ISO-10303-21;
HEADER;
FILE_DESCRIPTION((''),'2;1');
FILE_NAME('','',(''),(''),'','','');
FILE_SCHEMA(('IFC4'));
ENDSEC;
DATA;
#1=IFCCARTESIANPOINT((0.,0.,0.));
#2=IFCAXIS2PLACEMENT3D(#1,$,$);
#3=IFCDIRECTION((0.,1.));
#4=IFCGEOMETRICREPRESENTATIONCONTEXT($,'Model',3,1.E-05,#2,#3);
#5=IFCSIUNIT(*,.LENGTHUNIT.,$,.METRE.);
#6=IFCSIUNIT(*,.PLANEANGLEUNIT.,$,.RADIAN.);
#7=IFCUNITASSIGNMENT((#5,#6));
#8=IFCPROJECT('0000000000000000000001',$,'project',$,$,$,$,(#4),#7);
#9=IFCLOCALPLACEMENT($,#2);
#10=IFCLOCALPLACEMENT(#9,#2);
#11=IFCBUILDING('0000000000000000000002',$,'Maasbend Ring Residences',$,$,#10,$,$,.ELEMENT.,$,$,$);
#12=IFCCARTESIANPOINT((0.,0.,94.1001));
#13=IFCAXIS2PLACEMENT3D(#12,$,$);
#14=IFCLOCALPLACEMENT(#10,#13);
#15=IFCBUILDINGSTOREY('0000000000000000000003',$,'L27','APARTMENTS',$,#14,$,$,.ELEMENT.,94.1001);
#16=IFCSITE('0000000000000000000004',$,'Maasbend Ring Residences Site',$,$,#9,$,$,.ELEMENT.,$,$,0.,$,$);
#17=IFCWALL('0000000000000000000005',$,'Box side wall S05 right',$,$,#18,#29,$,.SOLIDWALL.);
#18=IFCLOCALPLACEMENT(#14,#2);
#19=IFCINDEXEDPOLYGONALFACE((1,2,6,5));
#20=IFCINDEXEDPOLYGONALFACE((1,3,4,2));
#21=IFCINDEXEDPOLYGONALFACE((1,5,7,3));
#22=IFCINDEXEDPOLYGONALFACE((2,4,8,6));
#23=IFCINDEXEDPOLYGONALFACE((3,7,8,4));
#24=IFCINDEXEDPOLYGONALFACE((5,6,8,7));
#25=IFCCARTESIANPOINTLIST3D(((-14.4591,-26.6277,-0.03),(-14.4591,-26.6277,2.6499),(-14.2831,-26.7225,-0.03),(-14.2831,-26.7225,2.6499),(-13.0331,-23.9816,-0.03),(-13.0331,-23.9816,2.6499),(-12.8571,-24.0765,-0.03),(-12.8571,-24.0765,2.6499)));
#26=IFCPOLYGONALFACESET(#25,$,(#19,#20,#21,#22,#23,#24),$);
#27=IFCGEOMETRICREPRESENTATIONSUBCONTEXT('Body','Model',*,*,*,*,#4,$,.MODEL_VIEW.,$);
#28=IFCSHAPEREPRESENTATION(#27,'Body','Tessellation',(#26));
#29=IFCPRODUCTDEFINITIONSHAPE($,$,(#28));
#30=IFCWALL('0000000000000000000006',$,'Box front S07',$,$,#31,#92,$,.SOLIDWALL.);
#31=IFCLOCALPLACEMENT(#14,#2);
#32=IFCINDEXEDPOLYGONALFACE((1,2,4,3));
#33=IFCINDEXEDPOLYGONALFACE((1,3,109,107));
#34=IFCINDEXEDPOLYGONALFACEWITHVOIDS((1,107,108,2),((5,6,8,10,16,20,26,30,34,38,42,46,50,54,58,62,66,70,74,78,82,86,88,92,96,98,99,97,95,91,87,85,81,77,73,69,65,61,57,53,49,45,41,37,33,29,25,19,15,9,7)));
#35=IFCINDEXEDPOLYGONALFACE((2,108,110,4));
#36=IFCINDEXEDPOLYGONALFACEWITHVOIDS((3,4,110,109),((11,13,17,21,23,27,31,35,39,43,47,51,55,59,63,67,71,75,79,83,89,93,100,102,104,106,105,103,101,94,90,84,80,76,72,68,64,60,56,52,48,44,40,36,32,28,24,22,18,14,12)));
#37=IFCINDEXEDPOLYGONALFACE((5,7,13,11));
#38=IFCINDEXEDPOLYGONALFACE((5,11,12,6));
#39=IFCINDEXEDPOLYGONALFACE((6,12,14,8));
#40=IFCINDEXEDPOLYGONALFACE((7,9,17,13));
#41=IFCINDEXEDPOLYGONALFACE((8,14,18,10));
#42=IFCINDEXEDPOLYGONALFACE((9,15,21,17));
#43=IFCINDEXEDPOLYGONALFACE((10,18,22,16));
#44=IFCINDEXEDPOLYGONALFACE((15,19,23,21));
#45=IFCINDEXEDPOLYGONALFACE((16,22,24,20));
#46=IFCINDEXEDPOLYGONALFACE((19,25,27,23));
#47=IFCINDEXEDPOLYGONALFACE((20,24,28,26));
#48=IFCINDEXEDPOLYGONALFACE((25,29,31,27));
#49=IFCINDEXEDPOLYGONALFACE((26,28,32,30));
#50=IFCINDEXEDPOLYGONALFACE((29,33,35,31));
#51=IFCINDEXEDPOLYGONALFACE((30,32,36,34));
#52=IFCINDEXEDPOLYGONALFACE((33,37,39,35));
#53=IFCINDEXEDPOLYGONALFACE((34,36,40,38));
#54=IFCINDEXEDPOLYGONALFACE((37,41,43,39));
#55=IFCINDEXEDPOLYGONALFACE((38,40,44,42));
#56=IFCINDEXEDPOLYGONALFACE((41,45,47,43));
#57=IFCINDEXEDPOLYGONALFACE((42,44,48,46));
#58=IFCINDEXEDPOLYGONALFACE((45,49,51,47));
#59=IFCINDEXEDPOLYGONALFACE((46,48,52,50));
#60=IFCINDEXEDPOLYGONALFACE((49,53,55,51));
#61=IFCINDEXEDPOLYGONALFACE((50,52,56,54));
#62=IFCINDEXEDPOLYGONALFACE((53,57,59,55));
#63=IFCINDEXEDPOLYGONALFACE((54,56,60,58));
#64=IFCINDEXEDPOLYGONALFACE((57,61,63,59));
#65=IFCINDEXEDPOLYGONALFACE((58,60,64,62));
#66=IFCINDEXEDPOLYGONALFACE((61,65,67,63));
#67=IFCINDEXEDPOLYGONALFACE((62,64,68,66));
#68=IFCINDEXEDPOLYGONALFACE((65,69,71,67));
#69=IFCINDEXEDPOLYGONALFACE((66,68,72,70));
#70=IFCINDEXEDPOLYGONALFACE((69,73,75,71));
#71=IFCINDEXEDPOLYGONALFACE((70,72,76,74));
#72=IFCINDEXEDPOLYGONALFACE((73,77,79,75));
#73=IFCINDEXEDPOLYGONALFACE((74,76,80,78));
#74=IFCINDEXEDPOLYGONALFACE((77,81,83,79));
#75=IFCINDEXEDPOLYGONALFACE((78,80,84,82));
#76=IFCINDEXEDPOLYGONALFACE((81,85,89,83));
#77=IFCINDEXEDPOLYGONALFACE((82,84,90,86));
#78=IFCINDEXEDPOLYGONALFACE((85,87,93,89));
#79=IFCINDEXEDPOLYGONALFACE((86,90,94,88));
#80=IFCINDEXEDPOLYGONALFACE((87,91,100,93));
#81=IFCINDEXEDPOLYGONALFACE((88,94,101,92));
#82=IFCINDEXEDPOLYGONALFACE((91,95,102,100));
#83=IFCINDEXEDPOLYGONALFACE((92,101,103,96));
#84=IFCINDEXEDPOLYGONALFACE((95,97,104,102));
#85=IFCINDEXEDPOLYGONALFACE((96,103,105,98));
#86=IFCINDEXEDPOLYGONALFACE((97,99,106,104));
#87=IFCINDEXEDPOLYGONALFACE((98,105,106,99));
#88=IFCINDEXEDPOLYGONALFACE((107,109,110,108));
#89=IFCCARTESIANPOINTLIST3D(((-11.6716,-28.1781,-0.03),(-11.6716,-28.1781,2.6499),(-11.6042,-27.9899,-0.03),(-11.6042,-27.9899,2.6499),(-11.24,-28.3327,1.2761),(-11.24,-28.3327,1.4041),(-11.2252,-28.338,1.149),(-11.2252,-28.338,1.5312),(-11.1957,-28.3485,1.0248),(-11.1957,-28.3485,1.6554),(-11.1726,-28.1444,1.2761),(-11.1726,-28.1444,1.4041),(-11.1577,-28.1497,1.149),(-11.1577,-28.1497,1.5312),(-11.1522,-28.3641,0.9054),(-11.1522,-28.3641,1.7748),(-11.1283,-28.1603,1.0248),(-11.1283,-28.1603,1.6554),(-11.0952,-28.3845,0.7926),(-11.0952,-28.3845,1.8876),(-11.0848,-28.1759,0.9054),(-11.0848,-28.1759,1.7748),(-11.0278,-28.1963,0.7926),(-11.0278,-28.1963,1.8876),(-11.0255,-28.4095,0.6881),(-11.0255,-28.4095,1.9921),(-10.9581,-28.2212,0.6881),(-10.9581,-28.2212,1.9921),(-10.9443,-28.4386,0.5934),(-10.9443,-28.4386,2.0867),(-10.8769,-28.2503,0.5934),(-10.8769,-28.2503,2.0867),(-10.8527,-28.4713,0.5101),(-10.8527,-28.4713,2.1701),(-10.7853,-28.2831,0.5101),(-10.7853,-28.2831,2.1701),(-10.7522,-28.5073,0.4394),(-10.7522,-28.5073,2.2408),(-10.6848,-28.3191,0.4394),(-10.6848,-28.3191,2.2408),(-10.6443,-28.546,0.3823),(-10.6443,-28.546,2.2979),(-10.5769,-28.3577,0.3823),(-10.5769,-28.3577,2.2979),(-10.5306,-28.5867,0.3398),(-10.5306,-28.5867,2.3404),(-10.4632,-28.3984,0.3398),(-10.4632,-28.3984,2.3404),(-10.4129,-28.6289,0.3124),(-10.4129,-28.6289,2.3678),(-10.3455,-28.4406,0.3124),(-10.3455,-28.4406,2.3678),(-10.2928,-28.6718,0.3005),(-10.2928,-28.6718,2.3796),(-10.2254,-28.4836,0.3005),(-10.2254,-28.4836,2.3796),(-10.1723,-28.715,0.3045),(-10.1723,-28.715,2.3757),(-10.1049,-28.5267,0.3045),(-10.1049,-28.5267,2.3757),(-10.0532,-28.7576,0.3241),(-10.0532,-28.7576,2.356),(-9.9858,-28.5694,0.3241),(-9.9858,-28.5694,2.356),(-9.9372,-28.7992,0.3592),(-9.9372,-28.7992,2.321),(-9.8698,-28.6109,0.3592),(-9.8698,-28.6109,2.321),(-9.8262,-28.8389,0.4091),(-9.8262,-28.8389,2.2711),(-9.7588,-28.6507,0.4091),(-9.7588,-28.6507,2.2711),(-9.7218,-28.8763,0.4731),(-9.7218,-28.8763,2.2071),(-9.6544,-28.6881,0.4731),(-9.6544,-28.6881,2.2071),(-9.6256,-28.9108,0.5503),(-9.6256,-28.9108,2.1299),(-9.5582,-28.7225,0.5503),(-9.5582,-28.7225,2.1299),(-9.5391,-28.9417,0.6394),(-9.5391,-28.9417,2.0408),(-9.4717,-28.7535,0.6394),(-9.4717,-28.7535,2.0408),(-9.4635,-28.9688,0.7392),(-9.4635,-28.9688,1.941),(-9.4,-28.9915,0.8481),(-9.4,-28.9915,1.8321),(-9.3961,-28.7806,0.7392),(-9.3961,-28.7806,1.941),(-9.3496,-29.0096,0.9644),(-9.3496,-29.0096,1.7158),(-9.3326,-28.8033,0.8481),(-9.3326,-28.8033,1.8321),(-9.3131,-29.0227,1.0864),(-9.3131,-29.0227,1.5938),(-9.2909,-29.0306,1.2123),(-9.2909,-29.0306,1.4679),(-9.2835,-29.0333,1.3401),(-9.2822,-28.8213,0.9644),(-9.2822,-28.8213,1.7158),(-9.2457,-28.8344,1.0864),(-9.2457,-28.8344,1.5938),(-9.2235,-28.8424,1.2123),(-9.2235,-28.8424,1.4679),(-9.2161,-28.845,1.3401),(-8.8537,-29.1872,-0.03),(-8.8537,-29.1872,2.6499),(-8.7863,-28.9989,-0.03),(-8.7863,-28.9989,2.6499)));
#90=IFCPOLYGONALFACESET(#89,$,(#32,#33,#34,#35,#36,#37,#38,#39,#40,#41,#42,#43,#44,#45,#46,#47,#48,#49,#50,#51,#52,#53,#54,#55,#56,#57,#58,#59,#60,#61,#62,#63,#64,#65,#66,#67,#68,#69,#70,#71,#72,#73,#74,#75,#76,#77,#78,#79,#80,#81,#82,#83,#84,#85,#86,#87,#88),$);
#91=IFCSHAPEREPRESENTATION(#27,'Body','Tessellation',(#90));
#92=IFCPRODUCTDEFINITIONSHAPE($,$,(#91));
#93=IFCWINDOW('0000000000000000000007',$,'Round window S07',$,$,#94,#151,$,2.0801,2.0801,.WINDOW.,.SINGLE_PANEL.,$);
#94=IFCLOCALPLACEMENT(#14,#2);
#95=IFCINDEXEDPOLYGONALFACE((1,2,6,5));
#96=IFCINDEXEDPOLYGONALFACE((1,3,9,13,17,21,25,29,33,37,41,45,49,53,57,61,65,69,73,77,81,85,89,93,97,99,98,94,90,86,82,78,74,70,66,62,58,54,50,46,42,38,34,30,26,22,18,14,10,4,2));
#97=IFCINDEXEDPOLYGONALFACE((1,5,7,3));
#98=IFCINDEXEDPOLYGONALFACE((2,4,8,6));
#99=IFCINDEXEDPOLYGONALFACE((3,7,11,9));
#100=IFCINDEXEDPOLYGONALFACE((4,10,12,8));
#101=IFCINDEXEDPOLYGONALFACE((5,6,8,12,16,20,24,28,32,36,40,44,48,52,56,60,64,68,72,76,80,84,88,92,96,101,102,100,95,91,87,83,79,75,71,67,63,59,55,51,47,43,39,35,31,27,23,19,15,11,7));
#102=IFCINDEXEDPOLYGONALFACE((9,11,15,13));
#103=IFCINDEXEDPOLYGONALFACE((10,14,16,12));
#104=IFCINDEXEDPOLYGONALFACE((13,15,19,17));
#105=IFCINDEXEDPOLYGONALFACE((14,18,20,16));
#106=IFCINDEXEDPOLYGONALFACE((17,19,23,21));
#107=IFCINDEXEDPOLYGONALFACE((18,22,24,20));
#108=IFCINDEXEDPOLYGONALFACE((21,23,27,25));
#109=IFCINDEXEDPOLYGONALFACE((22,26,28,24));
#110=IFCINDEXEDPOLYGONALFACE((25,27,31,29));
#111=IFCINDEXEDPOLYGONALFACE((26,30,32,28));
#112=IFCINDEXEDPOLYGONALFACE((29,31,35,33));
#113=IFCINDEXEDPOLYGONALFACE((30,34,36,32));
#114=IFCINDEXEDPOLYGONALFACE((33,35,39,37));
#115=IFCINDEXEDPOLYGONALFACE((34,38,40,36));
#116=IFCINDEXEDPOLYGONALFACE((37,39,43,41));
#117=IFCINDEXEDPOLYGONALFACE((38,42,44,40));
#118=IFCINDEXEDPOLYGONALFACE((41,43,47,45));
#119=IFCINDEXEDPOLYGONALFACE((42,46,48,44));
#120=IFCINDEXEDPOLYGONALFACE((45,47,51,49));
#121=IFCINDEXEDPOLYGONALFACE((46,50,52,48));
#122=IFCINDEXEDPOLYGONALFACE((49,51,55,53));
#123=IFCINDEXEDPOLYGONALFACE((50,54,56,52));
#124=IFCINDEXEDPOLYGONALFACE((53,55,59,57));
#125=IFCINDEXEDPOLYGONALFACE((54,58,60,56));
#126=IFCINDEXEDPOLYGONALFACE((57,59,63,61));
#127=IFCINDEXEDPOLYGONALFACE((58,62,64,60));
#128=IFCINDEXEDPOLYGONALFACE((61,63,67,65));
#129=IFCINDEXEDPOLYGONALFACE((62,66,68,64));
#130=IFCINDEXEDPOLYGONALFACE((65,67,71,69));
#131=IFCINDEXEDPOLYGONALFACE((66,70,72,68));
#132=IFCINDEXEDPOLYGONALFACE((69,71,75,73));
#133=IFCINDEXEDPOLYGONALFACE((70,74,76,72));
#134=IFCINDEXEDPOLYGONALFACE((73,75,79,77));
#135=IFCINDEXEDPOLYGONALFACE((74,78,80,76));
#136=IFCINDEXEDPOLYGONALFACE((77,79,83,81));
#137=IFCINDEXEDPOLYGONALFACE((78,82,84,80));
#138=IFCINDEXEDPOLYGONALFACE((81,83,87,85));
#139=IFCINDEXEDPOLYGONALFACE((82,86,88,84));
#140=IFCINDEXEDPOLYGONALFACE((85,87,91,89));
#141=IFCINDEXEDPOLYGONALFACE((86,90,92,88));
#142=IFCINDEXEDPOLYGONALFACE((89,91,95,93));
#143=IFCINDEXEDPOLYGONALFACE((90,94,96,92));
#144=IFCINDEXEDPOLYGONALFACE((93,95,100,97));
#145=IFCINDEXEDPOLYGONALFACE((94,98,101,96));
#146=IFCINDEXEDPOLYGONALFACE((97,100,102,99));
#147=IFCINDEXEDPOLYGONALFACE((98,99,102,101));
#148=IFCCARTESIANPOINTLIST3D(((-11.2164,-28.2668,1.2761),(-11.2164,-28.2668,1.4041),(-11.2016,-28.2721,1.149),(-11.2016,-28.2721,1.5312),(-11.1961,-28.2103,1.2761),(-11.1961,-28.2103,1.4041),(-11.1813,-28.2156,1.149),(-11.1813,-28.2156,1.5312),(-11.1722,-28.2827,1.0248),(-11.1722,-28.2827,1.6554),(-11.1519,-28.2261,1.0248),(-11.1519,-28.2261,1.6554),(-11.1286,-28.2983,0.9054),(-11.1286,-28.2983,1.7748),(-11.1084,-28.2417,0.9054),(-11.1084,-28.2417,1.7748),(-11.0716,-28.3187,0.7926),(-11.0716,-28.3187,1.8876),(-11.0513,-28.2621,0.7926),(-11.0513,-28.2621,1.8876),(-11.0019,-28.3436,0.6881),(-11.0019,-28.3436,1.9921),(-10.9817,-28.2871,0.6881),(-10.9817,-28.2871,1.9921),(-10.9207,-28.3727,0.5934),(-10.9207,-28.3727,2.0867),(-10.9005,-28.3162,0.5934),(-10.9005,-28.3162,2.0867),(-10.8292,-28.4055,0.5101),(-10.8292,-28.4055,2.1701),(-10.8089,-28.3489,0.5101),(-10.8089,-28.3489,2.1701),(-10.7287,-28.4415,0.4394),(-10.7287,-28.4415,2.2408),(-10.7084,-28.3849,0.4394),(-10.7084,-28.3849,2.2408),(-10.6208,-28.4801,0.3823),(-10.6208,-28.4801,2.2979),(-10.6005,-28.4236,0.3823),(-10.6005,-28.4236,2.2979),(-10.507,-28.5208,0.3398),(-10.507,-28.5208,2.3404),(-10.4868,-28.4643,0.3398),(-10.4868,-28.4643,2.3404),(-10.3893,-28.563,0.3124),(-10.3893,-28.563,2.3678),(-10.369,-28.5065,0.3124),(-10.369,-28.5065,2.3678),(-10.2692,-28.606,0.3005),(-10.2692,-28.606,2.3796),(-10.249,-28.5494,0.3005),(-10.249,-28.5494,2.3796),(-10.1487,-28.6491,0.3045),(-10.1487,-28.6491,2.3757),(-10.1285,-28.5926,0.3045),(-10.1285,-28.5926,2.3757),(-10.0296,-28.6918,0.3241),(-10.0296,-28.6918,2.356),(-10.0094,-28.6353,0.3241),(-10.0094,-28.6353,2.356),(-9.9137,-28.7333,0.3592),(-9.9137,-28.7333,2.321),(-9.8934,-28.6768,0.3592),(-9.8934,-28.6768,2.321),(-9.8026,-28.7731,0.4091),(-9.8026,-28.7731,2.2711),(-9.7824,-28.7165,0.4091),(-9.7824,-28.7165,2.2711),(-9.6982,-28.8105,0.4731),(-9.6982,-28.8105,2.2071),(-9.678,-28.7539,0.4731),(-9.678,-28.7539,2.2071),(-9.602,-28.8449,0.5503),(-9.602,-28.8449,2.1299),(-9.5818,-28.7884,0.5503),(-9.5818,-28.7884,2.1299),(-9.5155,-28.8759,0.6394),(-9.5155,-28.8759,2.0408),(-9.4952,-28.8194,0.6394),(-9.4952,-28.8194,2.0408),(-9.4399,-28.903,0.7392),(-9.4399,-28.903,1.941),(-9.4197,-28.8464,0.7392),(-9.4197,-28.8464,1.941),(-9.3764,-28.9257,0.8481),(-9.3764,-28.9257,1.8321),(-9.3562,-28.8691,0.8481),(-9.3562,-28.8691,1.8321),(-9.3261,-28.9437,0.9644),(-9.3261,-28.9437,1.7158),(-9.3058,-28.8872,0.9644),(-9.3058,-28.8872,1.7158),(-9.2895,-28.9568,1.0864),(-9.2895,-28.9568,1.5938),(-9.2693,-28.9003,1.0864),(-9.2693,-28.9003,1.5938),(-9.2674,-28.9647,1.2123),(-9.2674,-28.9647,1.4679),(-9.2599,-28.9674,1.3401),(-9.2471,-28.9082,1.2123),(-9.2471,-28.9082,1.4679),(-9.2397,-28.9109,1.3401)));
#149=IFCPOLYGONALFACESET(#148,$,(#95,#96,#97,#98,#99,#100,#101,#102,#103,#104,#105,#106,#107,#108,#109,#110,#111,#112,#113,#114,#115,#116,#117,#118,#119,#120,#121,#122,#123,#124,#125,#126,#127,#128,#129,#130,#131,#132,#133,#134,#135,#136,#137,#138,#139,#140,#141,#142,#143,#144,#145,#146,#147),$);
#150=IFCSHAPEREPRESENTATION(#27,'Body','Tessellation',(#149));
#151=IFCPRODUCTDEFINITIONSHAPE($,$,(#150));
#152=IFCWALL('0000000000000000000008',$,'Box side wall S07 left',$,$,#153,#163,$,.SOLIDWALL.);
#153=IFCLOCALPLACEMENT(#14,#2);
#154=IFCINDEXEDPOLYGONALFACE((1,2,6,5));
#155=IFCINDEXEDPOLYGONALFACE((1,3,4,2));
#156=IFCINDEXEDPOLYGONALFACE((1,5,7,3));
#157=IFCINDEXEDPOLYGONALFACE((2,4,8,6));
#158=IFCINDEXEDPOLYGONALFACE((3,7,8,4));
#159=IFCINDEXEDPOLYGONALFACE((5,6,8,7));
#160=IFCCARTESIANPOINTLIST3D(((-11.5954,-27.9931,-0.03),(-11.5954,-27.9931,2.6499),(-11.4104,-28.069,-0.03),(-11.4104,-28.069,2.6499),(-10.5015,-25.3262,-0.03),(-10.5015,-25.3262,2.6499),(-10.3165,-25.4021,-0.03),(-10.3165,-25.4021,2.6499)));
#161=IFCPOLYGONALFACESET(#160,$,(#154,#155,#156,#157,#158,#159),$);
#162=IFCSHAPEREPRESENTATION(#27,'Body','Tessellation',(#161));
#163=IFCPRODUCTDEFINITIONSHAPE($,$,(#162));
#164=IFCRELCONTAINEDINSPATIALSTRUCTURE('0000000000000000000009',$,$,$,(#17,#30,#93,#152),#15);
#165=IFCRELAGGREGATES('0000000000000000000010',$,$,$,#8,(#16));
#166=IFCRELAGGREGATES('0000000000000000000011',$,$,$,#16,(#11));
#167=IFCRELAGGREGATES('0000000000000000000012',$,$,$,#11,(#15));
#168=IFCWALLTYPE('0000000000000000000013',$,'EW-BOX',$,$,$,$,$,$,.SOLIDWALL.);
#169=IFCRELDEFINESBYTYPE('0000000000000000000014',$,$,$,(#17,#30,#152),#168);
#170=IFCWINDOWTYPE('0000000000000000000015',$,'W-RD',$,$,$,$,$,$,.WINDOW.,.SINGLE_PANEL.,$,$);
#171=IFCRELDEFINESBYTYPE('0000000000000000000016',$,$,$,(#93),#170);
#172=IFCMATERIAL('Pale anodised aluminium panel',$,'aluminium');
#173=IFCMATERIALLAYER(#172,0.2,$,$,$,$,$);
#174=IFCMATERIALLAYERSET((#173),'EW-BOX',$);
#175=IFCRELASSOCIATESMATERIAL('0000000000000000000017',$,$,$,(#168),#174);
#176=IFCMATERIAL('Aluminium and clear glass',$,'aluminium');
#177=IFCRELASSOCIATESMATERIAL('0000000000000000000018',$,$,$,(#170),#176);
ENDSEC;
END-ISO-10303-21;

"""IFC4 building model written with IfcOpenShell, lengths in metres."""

from ifc_helpers import new_model, si_unit, direction, frame, frame_2d, origin, place, context, subcontext, project, spatial, rectangle, circle, extrude, material, layer, layer_set, type_object, element, fill, save


model = new_model("IFC4")

# Units and contexts
model_context = context("Model", 3, precision=1e-05, world=origin(), true_north=direction((0.0, 1.0)))
body_context = subcontext(model_context, "Body", "Model", "MODEL_VIEW")
ifc_project = project(units=[si_unit("LENGTHUNIT", "METRE"), si_unit("PLANEANGLEUNIT", "RADIAN")], contexts=[model_context])

# Site, building, storey
site_placement = place(None, origin())
site = spatial("IfcSite", under=ifc_project, at=site_placement, Name="Maasbend Ring Residences Site", CompositionType="ELEMENT", RefElevation=0.0)
building_placement = place(site_placement, origin())
building = spatial("IfcBuilding", under=site, at=building_placement, Name="Maasbend Ring Residences", CompositionType="ELEMENT")
storey_placement = place(building_placement, frame((0.0, 0.0, 94.1001)))
storey = spatial("IfcBuildingStorey", under=building, at=storey_placement, Name="L27", Description="APARTMENTS", CompositionType="ELEMENT", Elevation=94.1001)

# Shared definitions
ifc_material_1 = material(Name="Pale anodised aluminium panel", Category="aluminium")
ifc_layer_1 = layer(ifc_material_1, 0.2)
ifc_layer_set_1 = layer_set([ifc_layer_1], Name="EW-BOX")
wall_type_1 = type_object("IfcWallType", Name="EW-BOX", PredefinedType="SOLIDWALL", material=ifc_layer_set_1)
ifc_material_2 = material(Name="Aluminium and clear glass", Category="aluminium")
window_type_1 = type_object("IfcWindowType", Name="W-RD", PartitioningType="SINGLE_PANEL", PredefinedType="WINDOW", material=ifc_material_2)

# Wall
wall_1_placement = place(storey_placement, frame((-12.9451, -24.0291, -0.03), z_axis=(0.0, 0.0, 1.0), x_axis=(-0.474424, -0.880296, 0.0)))
element("IfcWall", 1, at=wall_1_placement, inside=storey, type_object=wall_type_1, Name="Box side wall S05 right", PredefinedType="SOLIDWALL", context=body_context, shape_type="SweptSolid", body=[
    extrude(rectangle(XDim=3.0059, YDim=0.2, at=frame_2d((1.5029, 0.0))), origin(), (0.0, 0.0, 1.0), 2.6799),
])

# Wall, opening, window
wall_2_placement = place(storey_placement, frame((-11.6379, -28.084, -0.03), z_axis=(0.0, 0.0, 1.0), x_axis=(0.941461, -0.337122, 0.0)))
wall_2 = element("IfcWall", 2, at=wall_2_placement, inside=storey, type_object=wall_type_1, Name="Box front S07", PredefinedType="SOLIDWALL", context=body_context, shape_type="SweptSolid", body=[
    extrude(rectangle(XDim=2.9932, YDim=0.2, at=frame_2d((1.4966, 0.0))), origin(), (0.0, 0.0, 1.0), 2.6799),
])
opening_1_placement = place(wall_2_placement, frame((0.4565, 0.0, 0.3301)))
opening_1 = element("IfcOpeningElement", 3, at=opening_1_placement, cuts=wall_2, PredefinedType="OPENING", context=body_context, shape_type="SweptSolid", body=[
    extrude(circle(Radius=1.04, at=frame_2d((1.04, 1.04))), frame((0.0, 0.1099, 0.0), z_axis=(0.0, -1.0, 0.0), x_axis=(1.0, 0.0, 0.0)), (0.0, 0.0, 1.0), 0.22),
])
window_1_placement = place(opening_1_placement, origin())
window_1 = element("IfcWindow", 4, at=window_1_placement, inside=storey, type_object=window_type_1, Name="Round window S07", OverallHeight=2.0801, OverallWidth=2.0801, PartitioningType="SINGLE_PANEL", PredefinedType="WINDOW", context=body_context, shape_type="SweptSolid", body=[
    extrude(circle(Radius=1.04, at=frame_2d((1.04, 1.04))), frame((0.0, 0.03, 0.0), z_axis=(0.0, -1.0, 0.0), x_axis=(1.0, 0.0, 0.0)), (0.0, 0.0, 1.0), 0.0601),
])
fill(opening_1, window_1)

# Wall
wall_3_placement = place(storey_placement, frame((-10.4089, -25.364, -0.03), z_axis=(0.0, 0.0, 1.0), x_axis=(-0.37951, -0.925188, 0.0)))
element("IfcWall", 5, at=wall_3_placement, inside=storey, type_object=wall_type_1, Name="Box side wall S07 left", PredefinedType="SOLIDWALL", context=body_context, shape_type="SweptSolid", body=[
    extrude(rectangle(XDim=2.8826, YDim=0.2, at=frame_2d((1.4414, 0.0))), origin(), (0.0, 0.0, 1.0), 2.6799),
])

save(model, "model.ifc")
